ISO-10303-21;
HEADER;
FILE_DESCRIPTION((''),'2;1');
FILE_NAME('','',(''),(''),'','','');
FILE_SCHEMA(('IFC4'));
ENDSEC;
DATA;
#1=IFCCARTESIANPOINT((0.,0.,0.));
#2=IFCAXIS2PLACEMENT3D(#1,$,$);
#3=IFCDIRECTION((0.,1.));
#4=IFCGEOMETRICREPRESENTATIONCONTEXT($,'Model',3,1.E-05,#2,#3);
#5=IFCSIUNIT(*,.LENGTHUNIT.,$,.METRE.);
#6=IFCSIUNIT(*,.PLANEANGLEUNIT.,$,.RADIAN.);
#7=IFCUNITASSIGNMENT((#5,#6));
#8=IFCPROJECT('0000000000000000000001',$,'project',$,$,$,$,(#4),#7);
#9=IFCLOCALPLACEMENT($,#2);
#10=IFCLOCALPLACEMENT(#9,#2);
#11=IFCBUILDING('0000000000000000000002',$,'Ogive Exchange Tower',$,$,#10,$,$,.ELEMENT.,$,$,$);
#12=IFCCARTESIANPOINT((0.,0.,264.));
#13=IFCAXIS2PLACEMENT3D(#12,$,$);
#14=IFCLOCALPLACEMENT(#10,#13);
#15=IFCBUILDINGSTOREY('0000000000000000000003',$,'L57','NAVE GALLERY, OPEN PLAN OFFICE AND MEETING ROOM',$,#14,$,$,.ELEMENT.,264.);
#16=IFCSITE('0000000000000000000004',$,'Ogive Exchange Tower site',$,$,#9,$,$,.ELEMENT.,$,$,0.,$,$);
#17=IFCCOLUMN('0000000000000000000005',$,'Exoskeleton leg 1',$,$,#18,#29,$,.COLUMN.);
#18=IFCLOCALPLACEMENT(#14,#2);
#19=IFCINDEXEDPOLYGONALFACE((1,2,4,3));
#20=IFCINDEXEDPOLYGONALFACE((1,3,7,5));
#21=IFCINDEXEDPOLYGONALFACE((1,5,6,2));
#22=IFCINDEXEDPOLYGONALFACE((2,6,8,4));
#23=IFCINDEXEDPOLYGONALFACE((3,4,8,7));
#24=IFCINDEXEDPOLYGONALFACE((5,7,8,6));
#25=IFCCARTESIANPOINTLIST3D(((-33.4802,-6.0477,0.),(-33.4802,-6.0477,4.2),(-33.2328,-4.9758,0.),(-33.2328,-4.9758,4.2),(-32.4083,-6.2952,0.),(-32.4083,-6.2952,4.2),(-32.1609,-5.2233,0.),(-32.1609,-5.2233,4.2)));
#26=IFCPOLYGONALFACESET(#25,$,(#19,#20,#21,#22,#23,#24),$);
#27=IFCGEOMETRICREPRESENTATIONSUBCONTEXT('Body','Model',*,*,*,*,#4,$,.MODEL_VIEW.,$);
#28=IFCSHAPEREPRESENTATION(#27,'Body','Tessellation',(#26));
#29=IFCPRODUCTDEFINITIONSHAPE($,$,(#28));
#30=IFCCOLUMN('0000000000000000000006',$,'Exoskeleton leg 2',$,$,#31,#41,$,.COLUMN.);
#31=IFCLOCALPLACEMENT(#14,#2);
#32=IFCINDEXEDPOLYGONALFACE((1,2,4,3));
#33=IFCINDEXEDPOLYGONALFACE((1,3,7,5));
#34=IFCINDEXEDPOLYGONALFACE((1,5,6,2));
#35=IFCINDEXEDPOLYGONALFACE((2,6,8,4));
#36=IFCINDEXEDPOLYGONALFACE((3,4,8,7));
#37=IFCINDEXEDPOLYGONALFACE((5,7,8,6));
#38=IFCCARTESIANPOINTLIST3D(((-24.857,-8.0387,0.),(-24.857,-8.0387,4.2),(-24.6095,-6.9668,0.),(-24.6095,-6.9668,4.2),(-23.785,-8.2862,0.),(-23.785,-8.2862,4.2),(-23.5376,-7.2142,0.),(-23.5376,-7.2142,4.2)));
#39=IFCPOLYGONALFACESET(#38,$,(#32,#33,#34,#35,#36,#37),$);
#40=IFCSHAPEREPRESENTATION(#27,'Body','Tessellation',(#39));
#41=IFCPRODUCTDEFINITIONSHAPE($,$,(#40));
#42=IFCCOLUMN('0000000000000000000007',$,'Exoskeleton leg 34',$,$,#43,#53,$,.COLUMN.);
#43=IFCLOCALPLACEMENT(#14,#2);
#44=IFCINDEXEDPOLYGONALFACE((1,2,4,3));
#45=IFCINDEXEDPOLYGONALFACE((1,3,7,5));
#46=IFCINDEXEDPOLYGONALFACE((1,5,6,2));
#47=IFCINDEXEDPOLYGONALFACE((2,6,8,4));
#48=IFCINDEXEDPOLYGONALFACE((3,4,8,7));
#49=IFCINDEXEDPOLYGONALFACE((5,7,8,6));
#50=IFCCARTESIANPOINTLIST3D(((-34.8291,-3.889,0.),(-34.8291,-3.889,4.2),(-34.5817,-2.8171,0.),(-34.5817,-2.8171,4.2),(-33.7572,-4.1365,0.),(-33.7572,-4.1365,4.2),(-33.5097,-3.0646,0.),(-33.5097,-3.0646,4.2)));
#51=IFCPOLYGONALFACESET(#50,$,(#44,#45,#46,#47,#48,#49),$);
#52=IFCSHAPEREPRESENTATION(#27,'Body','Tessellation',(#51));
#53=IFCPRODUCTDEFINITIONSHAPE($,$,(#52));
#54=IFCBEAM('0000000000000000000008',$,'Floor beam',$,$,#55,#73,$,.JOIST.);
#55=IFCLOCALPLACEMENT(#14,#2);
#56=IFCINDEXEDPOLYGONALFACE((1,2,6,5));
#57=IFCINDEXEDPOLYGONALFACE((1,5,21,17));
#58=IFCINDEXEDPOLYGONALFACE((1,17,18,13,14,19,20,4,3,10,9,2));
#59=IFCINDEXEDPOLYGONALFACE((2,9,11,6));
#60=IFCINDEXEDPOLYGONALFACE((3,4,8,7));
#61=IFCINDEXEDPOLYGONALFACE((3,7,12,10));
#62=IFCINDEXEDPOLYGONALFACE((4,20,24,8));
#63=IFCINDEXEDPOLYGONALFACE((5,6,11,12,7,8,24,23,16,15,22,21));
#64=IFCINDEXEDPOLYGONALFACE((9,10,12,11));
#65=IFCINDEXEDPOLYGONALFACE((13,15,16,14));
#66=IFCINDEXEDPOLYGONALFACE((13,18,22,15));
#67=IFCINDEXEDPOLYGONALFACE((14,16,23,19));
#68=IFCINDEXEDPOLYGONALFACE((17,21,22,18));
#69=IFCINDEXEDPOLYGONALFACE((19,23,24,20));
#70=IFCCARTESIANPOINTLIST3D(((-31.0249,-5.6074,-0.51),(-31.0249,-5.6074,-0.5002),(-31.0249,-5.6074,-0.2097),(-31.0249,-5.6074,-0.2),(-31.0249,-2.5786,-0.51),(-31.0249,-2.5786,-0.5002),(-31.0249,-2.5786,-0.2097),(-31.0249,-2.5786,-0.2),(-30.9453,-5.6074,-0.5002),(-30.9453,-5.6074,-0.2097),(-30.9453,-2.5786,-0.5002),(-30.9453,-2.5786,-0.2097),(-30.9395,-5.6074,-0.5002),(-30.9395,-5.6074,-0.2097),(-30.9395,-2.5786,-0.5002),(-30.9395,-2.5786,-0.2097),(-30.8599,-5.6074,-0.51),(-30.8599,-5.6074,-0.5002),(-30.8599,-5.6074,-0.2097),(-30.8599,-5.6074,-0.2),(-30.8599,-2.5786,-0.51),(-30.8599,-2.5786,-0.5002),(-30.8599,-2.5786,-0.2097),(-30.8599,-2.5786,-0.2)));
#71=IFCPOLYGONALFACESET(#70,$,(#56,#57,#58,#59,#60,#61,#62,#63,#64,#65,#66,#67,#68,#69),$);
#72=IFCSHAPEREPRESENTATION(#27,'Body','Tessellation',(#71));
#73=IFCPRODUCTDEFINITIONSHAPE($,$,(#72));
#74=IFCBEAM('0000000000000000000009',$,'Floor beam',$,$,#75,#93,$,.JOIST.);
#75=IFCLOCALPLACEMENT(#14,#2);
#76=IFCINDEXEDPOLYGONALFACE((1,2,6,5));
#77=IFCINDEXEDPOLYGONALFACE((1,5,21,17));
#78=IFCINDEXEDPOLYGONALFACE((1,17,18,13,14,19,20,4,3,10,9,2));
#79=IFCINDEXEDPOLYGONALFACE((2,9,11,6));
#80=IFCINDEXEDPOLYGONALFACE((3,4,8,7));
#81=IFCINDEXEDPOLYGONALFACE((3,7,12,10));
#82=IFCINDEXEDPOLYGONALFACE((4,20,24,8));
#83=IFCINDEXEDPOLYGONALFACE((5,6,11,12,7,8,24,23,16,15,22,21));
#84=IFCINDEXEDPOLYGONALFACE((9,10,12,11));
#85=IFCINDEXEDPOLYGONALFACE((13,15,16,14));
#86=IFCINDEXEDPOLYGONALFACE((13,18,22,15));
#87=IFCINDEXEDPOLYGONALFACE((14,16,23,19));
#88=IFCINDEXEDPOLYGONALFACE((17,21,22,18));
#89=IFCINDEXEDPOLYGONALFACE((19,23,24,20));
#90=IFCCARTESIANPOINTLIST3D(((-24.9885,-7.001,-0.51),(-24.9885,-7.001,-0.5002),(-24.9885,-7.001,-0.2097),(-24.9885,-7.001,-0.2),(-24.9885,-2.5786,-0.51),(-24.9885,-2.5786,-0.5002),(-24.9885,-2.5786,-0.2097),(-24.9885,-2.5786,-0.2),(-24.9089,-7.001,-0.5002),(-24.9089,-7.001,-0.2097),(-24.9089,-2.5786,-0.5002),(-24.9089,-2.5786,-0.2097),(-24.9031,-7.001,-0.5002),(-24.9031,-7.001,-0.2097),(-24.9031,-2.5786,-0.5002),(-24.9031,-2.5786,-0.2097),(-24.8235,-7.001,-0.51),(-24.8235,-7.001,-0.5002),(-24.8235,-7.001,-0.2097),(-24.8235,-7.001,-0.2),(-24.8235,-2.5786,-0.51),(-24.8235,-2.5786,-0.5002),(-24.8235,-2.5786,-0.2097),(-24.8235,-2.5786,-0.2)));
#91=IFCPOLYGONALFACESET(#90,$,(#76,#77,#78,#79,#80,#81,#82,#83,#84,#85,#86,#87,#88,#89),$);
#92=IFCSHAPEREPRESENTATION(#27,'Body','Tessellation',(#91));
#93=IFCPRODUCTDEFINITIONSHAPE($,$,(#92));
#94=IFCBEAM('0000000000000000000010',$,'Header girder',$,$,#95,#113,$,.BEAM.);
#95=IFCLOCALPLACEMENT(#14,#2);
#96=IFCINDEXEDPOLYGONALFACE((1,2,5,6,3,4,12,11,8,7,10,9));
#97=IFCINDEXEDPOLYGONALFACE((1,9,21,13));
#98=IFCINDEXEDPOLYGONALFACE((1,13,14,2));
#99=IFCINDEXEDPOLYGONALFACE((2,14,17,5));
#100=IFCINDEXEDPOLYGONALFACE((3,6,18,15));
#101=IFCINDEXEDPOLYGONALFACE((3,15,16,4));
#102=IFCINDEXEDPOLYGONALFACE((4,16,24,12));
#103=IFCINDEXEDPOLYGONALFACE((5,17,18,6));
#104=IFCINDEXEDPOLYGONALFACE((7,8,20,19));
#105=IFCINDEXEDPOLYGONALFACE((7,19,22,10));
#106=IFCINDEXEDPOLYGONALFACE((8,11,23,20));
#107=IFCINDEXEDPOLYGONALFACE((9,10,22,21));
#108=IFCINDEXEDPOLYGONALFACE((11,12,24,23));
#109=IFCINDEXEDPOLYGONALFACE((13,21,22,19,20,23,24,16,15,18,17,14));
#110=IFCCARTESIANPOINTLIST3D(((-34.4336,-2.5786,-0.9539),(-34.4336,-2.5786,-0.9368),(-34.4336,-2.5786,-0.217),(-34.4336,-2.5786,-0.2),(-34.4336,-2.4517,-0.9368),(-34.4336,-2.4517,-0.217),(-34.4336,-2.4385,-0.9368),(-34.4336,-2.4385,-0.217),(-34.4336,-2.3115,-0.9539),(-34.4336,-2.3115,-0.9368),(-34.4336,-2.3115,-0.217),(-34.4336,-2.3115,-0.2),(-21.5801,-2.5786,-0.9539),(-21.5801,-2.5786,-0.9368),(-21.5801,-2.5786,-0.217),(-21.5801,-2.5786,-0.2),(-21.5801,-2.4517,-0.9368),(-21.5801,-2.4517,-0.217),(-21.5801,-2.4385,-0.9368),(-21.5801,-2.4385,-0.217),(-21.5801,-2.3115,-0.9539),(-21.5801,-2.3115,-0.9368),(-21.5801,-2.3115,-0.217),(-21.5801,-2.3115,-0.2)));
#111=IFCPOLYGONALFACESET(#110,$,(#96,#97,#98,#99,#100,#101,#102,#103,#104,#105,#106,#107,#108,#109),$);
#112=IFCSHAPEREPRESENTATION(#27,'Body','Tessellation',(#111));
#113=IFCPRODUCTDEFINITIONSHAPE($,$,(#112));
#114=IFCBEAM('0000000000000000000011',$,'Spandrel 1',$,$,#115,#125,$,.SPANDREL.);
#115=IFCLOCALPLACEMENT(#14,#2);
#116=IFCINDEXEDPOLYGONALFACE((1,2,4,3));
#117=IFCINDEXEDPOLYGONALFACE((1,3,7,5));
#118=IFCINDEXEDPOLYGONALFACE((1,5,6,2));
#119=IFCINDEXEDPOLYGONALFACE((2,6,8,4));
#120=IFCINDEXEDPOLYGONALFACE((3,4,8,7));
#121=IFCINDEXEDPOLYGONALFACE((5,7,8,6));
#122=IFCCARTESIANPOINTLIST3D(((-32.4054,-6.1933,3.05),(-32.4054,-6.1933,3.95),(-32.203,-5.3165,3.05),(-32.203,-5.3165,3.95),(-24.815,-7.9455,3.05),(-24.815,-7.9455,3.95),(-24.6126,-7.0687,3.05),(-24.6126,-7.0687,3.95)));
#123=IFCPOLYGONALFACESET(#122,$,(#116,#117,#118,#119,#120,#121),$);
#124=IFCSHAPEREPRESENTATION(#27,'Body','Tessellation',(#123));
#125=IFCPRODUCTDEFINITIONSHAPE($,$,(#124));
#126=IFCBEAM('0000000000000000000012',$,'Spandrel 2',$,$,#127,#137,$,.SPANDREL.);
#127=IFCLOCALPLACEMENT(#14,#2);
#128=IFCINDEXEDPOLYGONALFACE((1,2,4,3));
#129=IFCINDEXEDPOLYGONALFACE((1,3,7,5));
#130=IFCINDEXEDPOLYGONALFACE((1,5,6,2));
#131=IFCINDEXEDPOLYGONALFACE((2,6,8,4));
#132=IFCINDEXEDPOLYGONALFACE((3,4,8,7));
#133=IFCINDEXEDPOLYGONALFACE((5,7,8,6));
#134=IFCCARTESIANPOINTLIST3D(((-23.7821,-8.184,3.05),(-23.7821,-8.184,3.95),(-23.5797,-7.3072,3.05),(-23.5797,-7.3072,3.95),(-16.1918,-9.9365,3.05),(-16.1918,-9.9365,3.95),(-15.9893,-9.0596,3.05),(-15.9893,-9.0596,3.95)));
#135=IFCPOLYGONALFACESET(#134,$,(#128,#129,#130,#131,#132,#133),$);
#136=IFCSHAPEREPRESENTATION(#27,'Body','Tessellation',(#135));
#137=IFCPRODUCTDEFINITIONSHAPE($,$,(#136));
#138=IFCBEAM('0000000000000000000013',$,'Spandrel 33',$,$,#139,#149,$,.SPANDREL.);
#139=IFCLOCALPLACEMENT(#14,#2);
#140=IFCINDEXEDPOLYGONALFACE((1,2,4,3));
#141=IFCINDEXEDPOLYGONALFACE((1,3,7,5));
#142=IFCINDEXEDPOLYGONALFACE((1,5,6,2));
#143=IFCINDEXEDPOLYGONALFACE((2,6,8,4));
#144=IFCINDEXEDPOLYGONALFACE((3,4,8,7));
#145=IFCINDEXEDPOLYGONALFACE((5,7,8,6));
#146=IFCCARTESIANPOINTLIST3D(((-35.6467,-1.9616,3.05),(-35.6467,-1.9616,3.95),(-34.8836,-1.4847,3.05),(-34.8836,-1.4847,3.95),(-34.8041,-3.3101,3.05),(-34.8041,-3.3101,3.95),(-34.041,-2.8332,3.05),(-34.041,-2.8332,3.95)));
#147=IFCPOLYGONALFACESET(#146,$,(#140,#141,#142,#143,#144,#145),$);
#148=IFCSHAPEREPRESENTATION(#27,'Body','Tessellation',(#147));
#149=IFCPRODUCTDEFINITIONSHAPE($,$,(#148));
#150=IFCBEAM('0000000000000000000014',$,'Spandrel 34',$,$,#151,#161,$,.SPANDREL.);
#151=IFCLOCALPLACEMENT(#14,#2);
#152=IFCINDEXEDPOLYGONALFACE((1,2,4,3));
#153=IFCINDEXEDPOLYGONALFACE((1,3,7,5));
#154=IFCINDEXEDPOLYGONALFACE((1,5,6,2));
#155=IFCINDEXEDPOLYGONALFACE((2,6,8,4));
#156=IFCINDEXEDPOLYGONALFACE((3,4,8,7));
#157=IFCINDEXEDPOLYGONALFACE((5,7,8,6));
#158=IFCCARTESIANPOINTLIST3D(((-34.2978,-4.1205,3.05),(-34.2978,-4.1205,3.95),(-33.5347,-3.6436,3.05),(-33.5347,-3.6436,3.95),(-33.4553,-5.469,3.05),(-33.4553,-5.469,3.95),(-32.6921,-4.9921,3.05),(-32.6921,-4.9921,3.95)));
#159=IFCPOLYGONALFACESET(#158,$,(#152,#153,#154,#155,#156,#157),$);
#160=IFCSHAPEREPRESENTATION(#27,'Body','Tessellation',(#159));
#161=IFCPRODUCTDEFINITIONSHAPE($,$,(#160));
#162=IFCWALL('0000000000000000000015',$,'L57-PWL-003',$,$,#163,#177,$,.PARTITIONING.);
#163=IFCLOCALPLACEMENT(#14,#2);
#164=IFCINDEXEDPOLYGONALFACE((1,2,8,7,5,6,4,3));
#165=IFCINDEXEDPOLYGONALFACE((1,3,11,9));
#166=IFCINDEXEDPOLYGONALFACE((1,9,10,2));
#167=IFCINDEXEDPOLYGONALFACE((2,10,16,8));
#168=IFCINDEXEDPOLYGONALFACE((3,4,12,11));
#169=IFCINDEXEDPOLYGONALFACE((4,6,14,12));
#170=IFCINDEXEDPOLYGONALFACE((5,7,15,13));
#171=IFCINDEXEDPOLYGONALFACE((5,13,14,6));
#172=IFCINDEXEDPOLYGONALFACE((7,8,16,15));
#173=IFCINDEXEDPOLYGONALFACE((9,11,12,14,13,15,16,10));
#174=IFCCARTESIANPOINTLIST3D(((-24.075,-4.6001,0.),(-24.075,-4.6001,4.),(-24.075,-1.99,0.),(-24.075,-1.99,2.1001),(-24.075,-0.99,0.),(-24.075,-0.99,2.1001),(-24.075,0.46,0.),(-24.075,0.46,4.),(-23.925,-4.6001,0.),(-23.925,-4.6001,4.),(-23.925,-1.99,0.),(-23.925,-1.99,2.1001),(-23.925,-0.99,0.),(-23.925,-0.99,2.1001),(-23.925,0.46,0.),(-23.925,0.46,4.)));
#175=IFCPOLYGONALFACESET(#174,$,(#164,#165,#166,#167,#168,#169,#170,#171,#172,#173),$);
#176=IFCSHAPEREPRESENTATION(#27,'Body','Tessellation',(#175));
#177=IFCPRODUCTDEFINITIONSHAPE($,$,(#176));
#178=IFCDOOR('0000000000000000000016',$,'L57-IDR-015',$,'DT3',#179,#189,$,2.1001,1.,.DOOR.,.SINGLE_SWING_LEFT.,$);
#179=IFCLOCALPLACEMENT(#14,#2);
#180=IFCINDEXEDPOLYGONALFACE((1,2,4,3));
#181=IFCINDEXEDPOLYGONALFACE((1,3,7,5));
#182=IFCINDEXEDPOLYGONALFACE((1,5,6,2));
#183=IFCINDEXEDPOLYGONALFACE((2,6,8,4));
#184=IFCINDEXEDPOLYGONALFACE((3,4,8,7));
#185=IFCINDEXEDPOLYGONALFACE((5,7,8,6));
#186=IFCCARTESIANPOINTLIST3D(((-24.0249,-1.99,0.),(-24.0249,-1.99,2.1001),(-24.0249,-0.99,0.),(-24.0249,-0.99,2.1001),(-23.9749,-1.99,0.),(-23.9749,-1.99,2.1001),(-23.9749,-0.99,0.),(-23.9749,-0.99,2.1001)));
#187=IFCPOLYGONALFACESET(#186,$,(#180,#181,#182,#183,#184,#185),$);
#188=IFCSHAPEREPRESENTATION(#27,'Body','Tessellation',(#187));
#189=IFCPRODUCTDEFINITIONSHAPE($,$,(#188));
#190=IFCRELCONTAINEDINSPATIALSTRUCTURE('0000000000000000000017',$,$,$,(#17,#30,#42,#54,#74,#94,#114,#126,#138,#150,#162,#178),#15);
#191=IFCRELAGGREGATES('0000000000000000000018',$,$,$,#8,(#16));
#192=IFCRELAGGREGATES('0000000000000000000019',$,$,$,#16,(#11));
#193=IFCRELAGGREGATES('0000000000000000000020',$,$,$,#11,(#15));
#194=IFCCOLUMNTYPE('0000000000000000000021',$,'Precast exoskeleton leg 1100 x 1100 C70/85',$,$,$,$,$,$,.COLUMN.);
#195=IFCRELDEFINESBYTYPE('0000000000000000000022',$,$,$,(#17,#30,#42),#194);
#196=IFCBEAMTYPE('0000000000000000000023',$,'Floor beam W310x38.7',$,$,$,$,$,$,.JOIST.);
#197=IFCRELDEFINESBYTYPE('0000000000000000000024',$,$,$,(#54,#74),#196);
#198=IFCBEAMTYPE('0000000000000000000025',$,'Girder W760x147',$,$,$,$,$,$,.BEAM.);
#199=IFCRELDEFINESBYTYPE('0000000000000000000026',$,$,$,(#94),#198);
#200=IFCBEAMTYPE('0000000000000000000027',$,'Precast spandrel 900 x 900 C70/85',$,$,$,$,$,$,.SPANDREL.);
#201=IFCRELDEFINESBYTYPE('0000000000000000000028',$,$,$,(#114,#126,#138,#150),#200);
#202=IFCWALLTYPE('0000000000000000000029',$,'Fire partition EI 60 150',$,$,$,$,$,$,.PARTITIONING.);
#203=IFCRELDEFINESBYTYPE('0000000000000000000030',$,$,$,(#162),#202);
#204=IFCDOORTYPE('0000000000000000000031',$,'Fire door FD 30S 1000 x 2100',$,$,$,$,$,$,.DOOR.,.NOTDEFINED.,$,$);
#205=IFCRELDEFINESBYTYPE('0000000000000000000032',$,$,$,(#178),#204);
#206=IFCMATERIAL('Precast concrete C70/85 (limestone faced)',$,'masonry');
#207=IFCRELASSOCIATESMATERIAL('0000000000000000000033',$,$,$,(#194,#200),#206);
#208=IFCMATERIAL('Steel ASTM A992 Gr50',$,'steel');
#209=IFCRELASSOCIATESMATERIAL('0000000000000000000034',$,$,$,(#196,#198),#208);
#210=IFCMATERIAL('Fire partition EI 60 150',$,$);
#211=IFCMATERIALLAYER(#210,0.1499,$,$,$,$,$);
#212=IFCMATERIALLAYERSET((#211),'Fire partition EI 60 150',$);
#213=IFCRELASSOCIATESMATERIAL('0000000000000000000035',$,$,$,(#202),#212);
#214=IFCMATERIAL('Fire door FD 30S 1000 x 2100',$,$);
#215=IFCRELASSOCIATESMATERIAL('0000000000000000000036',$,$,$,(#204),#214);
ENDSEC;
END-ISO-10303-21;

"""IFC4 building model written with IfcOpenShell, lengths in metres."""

from ifc_helpers import new_model, si_unit, direction, frame, frame_2d, origin, origin_2d, place, context, subcontext, project, spatial, rectangle, i_section, extrude, material, layer, layer_set, material_profile, profile_set, type_object, element, fill, save


model = new_model("IFC4")

# Units and contexts
model_context = context("Model", 3, precision=1e-05, world=origin(), true_north=direction((0.0, 1.0)))
body_context = subcontext(model_context, "Body", "Model", "MODEL_VIEW")
ifc_project = project(units=[si_unit("LENGTHUNIT", "METRE"), si_unit("PLANEANGLEUNIT", "RADIAN")], contexts=[model_context])

# Site, building, storey
site_placement = place(None, origin())
site = spatial("IfcSite", under=ifc_project, at=site_placement, Name="Ogive Exchange Tower site", CompositionType="ELEMENT", RefElevation=0.0)
building_placement = place(site_placement, origin())
building = spatial("IfcBuilding", under=site, at=building_placement, Name="Ogive Exchange Tower", CompositionType="ELEMENT")
storey_placement = place(building_placement, frame((0.0, 0.0, 264.0)))
storey = spatial("IfcBuildingStorey", under=building, at=storey_placement, Name="L57", Description="NAVE GALLERY, OPEN PLAN OFFICE AND MEETING ROOM", CompositionType="ELEMENT", Elevation=264.0)

# Columns
ifc_material_1 = material(Name="Precast concrete C70/85 (limestone faced)", Category="masonry")
ifc_material_profile_1 = material_profile(ifc_material_1, rectangle(XDim=1.1001, YDim=1.1001, at=origin_2d()), Name="1100 x 1100")
ifc_profile_set_1 = profile_set([ifc_material_profile_1], Name="Precast concrete C70/85 (limestone faced)")
column_type = type_object("IfcColumnType", Name="Precast exoskeleton leg 1100 x 1100 C70/85", PredefinedType="COLUMN", material=ifc_profile_set_1)
for number, where, z_axis, x_axis, name in (
    (1, (-32.8206, -5.6355, 0.0), (0.0, 0.0, 1.0), (0.97437, -0.224951, 0.0), "Exoskeleton leg 1"),
    (2, (-24.1973, -7.6265, 0.0), (0.0, 0.0, 1.0), (0.97437, -0.224951, 0.0), "Exoskeleton leg 2"),
    (3, (-34.1694, -3.4768, 0.0), (0.0, 0.0, 1.0), (0.97437, -0.224951, 0.0), "Exoskeleton leg 34"),
):
    element("IfcColumn", number, at=place(storey_placement, frame(where, z_axis=z_axis, x_axis=x_axis)), inside=storey, type_object=column_type, Name=name, PredefinedType="COLUMN", context=body_context, shape_type="SweptSolid", body=[
        extrude(rectangle(XDim=1.1001, YDim=1.1001, at=origin_2d()), origin(), (0.0, 0.0, 1.0), 4.2),
    ])

# Beams
ifc_material_2 = material(Name="Steel ASTM A992 Gr50", Category="steel")
ifc_material_profile_2 = material_profile(ifc_material_2, i_section(OverallWidth=0.165, OverallDepth=0.3101, WebThickness=0.0059, FlangeThickness=0.0098, at=origin_2d()), Name="W310x38.7")
ifc_profile_set_2 = profile_set([ifc_material_profile_2], Name="Steel ASTM A992 Gr50")
beam_type_1 = type_object("IfcBeamType", Name="Floor beam W310x38.7", PredefinedType="JOIST", material=ifc_profile_set_2)
beam_1_placement = place(storey_placement, frame((-30.9424, -5.6074, -0.355), z_axis=(0.0, 1.0, 0.0), x_axis=(-1.0, 0.0, 0.0)))
element("IfcBeam", 4, at=beam_1_placement, inside=storey, type_object=beam_type_1, Name="Floor beam", PredefinedType="JOIST", context=body_context, shape_type="SweptSolid", body=[
    extrude(i_section(OverallWidth=0.165, OverallDepth=0.3101, WebThickness=0.0059, FlangeThickness=0.0098, at=origin_2d()), origin(), (0.0, 0.0, 1.0), 3.0288),
])
beam_2_placement = place(storey_placement, frame((-24.906, -7.001, -0.355), z_axis=(0.0, 1.0, 0.0), x_axis=(-1.0, 0.0, 0.0)))
element("IfcBeam", 5, at=beam_2_placement, inside=storey, type_object=beam_type_1, Name="Floor beam", PredefinedType="JOIST", context=body_context, shape_type="SweptSolid", body=[
    extrude(i_section(OverallWidth=0.165, OverallDepth=0.3101, WebThickness=0.0059, FlangeThickness=0.0098, at=origin_2d()), origin(), (0.0, 0.0, 1.0), 4.4224),
])
ifc_material_profile_3 = material_profile(ifc_material_2, i_section(OverallWidth=0.2671, OverallDepth=0.7539, WebThickness=0.0132, FlangeThickness=0.0171, at=origin_2d()), Name="W760x147")
ifc_profile_set_3 = profile_set([ifc_material_profile_3], Name="Steel ASTM A992 Gr50")
beam_type_2 = type_object("IfcBeamType", Name="Girder W760x147", PredefinedType="BEAM", material=ifc_profile_set_3)
beam_3_placement = place(storey_placement, frame((-34.4336, -2.4451, -0.5769), z_axis=(1.0, 0.0, 0.0), x_axis=(0.0, 1.0, 0.0)))
element("IfcBeam", 6, at=beam_3_placement, inside=storey, type_object=beam_type_2, Name="Header girder", PredefinedType="BEAM", context=body_context, shape_type="SweptSolid", body=[
    extrude(i_section(OverallWidth=0.2671, OverallDepth=0.7539, WebThickness=0.0132, FlangeThickness=0.0171, at=origin_2d()), origin(), (0.0, 0.0, 1.0), 12.8535),
])
ifc_material_profile_4 = material_profile(ifc_material_1, rectangle(XDim=0.8999, YDim=0.8999, at=origin_2d()), Name="900 x 900")
ifc_profile_set_4 = profile_set([ifc_material_profile_4], Name="Precast concrete C70/85 (limestone faced)")
beam_type_3 = type_object("IfcBeamType", Name="Precast spandrel 900 x 900 C70/85", PredefinedType="SPANDREL", material=ifc_profile_set_4)
for number, where, z_axis, x_axis, name in (
    (7, (-32.3042, -5.7549, 3.5), (0.974375, -0.22493, 0.0), (0.22493, 0.974375, 0.0), "Spandrel 1"),
    (8, (-23.6809, -7.7456, 3.5), (0.974368, -0.22496, 0.0), (0.22496, 0.974368, 0.0), "Spandrel 2"),
):
    element("IfcBeam", number, at=place(storey_placement, frame(where, z_axis=z_axis, x_axis=x_axis)), inside=storey, type_object=beam_type_3, Name=name, PredefinedType="SPANDREL", context=body_context, shape_type="SweptSolid", body=[
        extrude(rectangle(XDim=0.8999, YDim=0.8999, at=origin_2d()), origin(), (0.0, 0.0, 1.0), 7.79),
    ])
for number, where, z_axis, x_axis, name in (
    (9, (-35.2651, -1.7231, 3.5), (0.529902, -0.848059, 0.0), (0.848059, 0.529902, 0.0), "Spandrel 33"),
    (10, (-33.9163, -3.8821, 3.5), (0.529902, -0.848059, 0.0), (0.848059, 0.529902, 0.0), "Spandrel 34"),
):
    element("IfcBeam", number, at=place(storey_placement, frame(where, z_axis=z_axis, x_axis=x_axis)), inside=storey, type_object=beam_type_3, Name=name, PredefinedType="SPANDREL", context=body_context, shape_type="SweptSolid", body=[
        extrude(rectangle(XDim=0.8999, YDim=0.8999, at=origin_2d()), origin(), (0.0, 0.0, 1.0), 1.5901),
    ])

# Wall, opening, door
ifc_material_3 = material(Name="Fire partition EI 60 150")
ifc_layer_1 = layer(ifc_material_3, 0.1499)
ifc_layer_set_1 = layer_set([ifc_layer_1], Name="Fire partition EI 60 150")
wall_type_1 = type_object("IfcWallType", Name="Fire partition EI 60 150", PredefinedType="PARTITIONING", material=ifc_layer_set_1)
wall_1_placement = place(storey_placement, frame((-24.0, -4.6001, 0.0), z_axis=(0.0, 0.0, 1.0), x_axis=(0.0, 1.0, 0.0)))
wall_1 = element("IfcWall", 11, at=wall_1_placement, inside=storey, type_object=wall_type_1, Name="L57-PWL-003", PredefinedType="PARTITIONING", context=body_context, shape_type="SweptSolid", body=[
    extrude(rectangle(XDim=5.0601, YDim=0.1499, at=frame_2d((2.53, 0.0))), origin(), (0.0, 0.0, 1.0), 4.0),
])
opening_1_placement = place(wall_1_placement, frame((2.6101, 0.0, 0.0)))
opening_1 = element("IfcOpeningElement", 12, at=opening_1_placement, cuts=wall_1, PredefinedType="OPENING", context=body_context, shape_type="SweptSolid", body=[
    extrude(rectangle(XDim=1.0, YDim=2.1001, at=frame_2d((0.5, 1.05))), frame((0.0, 0.085, 0.0), z_axis=(0.0, -1.0, 0.0), x_axis=(1.0, 0.0, 0.0)), (0.0, 0.0, 1.0), 0.1699),
])
ifc_material_4 = material(Name="Fire door FD 30S 1000 x 2100")
door_type_1 = type_object("IfcDoorType", Name="Fire door FD 30S 1000 x 2100", OperationType="NOTDEFINED", PredefinedType="DOOR", material=ifc_material_4)
door_1_placement = place(opening_1_placement, origin())
door_1 = element("IfcDoor", 13, at=door_1_placement, inside=storey, type_object=door_type_1, Name="L57-IDR-015", ObjectType="DT3", OperationType="SINGLE_SWING_LEFT", OverallHeight=2.1001, OverallWidth=1.0, PredefinedType="DOOR", context=body_context, shape_type="SweptSolid", body=[
    extrude(rectangle(XDim=1.0, YDim=2.1001, at=frame_2d((0.5, 1.05))), frame((0.0, 0.0249, 0.0), z_axis=(0.0, -1.0, 0.0), x_axis=(1.0, 0.0, 0.0)), (0.0, 0.0, 1.0), 0.05),
])
fill(opening_1, door_1)

save(model, "model.ifc")
